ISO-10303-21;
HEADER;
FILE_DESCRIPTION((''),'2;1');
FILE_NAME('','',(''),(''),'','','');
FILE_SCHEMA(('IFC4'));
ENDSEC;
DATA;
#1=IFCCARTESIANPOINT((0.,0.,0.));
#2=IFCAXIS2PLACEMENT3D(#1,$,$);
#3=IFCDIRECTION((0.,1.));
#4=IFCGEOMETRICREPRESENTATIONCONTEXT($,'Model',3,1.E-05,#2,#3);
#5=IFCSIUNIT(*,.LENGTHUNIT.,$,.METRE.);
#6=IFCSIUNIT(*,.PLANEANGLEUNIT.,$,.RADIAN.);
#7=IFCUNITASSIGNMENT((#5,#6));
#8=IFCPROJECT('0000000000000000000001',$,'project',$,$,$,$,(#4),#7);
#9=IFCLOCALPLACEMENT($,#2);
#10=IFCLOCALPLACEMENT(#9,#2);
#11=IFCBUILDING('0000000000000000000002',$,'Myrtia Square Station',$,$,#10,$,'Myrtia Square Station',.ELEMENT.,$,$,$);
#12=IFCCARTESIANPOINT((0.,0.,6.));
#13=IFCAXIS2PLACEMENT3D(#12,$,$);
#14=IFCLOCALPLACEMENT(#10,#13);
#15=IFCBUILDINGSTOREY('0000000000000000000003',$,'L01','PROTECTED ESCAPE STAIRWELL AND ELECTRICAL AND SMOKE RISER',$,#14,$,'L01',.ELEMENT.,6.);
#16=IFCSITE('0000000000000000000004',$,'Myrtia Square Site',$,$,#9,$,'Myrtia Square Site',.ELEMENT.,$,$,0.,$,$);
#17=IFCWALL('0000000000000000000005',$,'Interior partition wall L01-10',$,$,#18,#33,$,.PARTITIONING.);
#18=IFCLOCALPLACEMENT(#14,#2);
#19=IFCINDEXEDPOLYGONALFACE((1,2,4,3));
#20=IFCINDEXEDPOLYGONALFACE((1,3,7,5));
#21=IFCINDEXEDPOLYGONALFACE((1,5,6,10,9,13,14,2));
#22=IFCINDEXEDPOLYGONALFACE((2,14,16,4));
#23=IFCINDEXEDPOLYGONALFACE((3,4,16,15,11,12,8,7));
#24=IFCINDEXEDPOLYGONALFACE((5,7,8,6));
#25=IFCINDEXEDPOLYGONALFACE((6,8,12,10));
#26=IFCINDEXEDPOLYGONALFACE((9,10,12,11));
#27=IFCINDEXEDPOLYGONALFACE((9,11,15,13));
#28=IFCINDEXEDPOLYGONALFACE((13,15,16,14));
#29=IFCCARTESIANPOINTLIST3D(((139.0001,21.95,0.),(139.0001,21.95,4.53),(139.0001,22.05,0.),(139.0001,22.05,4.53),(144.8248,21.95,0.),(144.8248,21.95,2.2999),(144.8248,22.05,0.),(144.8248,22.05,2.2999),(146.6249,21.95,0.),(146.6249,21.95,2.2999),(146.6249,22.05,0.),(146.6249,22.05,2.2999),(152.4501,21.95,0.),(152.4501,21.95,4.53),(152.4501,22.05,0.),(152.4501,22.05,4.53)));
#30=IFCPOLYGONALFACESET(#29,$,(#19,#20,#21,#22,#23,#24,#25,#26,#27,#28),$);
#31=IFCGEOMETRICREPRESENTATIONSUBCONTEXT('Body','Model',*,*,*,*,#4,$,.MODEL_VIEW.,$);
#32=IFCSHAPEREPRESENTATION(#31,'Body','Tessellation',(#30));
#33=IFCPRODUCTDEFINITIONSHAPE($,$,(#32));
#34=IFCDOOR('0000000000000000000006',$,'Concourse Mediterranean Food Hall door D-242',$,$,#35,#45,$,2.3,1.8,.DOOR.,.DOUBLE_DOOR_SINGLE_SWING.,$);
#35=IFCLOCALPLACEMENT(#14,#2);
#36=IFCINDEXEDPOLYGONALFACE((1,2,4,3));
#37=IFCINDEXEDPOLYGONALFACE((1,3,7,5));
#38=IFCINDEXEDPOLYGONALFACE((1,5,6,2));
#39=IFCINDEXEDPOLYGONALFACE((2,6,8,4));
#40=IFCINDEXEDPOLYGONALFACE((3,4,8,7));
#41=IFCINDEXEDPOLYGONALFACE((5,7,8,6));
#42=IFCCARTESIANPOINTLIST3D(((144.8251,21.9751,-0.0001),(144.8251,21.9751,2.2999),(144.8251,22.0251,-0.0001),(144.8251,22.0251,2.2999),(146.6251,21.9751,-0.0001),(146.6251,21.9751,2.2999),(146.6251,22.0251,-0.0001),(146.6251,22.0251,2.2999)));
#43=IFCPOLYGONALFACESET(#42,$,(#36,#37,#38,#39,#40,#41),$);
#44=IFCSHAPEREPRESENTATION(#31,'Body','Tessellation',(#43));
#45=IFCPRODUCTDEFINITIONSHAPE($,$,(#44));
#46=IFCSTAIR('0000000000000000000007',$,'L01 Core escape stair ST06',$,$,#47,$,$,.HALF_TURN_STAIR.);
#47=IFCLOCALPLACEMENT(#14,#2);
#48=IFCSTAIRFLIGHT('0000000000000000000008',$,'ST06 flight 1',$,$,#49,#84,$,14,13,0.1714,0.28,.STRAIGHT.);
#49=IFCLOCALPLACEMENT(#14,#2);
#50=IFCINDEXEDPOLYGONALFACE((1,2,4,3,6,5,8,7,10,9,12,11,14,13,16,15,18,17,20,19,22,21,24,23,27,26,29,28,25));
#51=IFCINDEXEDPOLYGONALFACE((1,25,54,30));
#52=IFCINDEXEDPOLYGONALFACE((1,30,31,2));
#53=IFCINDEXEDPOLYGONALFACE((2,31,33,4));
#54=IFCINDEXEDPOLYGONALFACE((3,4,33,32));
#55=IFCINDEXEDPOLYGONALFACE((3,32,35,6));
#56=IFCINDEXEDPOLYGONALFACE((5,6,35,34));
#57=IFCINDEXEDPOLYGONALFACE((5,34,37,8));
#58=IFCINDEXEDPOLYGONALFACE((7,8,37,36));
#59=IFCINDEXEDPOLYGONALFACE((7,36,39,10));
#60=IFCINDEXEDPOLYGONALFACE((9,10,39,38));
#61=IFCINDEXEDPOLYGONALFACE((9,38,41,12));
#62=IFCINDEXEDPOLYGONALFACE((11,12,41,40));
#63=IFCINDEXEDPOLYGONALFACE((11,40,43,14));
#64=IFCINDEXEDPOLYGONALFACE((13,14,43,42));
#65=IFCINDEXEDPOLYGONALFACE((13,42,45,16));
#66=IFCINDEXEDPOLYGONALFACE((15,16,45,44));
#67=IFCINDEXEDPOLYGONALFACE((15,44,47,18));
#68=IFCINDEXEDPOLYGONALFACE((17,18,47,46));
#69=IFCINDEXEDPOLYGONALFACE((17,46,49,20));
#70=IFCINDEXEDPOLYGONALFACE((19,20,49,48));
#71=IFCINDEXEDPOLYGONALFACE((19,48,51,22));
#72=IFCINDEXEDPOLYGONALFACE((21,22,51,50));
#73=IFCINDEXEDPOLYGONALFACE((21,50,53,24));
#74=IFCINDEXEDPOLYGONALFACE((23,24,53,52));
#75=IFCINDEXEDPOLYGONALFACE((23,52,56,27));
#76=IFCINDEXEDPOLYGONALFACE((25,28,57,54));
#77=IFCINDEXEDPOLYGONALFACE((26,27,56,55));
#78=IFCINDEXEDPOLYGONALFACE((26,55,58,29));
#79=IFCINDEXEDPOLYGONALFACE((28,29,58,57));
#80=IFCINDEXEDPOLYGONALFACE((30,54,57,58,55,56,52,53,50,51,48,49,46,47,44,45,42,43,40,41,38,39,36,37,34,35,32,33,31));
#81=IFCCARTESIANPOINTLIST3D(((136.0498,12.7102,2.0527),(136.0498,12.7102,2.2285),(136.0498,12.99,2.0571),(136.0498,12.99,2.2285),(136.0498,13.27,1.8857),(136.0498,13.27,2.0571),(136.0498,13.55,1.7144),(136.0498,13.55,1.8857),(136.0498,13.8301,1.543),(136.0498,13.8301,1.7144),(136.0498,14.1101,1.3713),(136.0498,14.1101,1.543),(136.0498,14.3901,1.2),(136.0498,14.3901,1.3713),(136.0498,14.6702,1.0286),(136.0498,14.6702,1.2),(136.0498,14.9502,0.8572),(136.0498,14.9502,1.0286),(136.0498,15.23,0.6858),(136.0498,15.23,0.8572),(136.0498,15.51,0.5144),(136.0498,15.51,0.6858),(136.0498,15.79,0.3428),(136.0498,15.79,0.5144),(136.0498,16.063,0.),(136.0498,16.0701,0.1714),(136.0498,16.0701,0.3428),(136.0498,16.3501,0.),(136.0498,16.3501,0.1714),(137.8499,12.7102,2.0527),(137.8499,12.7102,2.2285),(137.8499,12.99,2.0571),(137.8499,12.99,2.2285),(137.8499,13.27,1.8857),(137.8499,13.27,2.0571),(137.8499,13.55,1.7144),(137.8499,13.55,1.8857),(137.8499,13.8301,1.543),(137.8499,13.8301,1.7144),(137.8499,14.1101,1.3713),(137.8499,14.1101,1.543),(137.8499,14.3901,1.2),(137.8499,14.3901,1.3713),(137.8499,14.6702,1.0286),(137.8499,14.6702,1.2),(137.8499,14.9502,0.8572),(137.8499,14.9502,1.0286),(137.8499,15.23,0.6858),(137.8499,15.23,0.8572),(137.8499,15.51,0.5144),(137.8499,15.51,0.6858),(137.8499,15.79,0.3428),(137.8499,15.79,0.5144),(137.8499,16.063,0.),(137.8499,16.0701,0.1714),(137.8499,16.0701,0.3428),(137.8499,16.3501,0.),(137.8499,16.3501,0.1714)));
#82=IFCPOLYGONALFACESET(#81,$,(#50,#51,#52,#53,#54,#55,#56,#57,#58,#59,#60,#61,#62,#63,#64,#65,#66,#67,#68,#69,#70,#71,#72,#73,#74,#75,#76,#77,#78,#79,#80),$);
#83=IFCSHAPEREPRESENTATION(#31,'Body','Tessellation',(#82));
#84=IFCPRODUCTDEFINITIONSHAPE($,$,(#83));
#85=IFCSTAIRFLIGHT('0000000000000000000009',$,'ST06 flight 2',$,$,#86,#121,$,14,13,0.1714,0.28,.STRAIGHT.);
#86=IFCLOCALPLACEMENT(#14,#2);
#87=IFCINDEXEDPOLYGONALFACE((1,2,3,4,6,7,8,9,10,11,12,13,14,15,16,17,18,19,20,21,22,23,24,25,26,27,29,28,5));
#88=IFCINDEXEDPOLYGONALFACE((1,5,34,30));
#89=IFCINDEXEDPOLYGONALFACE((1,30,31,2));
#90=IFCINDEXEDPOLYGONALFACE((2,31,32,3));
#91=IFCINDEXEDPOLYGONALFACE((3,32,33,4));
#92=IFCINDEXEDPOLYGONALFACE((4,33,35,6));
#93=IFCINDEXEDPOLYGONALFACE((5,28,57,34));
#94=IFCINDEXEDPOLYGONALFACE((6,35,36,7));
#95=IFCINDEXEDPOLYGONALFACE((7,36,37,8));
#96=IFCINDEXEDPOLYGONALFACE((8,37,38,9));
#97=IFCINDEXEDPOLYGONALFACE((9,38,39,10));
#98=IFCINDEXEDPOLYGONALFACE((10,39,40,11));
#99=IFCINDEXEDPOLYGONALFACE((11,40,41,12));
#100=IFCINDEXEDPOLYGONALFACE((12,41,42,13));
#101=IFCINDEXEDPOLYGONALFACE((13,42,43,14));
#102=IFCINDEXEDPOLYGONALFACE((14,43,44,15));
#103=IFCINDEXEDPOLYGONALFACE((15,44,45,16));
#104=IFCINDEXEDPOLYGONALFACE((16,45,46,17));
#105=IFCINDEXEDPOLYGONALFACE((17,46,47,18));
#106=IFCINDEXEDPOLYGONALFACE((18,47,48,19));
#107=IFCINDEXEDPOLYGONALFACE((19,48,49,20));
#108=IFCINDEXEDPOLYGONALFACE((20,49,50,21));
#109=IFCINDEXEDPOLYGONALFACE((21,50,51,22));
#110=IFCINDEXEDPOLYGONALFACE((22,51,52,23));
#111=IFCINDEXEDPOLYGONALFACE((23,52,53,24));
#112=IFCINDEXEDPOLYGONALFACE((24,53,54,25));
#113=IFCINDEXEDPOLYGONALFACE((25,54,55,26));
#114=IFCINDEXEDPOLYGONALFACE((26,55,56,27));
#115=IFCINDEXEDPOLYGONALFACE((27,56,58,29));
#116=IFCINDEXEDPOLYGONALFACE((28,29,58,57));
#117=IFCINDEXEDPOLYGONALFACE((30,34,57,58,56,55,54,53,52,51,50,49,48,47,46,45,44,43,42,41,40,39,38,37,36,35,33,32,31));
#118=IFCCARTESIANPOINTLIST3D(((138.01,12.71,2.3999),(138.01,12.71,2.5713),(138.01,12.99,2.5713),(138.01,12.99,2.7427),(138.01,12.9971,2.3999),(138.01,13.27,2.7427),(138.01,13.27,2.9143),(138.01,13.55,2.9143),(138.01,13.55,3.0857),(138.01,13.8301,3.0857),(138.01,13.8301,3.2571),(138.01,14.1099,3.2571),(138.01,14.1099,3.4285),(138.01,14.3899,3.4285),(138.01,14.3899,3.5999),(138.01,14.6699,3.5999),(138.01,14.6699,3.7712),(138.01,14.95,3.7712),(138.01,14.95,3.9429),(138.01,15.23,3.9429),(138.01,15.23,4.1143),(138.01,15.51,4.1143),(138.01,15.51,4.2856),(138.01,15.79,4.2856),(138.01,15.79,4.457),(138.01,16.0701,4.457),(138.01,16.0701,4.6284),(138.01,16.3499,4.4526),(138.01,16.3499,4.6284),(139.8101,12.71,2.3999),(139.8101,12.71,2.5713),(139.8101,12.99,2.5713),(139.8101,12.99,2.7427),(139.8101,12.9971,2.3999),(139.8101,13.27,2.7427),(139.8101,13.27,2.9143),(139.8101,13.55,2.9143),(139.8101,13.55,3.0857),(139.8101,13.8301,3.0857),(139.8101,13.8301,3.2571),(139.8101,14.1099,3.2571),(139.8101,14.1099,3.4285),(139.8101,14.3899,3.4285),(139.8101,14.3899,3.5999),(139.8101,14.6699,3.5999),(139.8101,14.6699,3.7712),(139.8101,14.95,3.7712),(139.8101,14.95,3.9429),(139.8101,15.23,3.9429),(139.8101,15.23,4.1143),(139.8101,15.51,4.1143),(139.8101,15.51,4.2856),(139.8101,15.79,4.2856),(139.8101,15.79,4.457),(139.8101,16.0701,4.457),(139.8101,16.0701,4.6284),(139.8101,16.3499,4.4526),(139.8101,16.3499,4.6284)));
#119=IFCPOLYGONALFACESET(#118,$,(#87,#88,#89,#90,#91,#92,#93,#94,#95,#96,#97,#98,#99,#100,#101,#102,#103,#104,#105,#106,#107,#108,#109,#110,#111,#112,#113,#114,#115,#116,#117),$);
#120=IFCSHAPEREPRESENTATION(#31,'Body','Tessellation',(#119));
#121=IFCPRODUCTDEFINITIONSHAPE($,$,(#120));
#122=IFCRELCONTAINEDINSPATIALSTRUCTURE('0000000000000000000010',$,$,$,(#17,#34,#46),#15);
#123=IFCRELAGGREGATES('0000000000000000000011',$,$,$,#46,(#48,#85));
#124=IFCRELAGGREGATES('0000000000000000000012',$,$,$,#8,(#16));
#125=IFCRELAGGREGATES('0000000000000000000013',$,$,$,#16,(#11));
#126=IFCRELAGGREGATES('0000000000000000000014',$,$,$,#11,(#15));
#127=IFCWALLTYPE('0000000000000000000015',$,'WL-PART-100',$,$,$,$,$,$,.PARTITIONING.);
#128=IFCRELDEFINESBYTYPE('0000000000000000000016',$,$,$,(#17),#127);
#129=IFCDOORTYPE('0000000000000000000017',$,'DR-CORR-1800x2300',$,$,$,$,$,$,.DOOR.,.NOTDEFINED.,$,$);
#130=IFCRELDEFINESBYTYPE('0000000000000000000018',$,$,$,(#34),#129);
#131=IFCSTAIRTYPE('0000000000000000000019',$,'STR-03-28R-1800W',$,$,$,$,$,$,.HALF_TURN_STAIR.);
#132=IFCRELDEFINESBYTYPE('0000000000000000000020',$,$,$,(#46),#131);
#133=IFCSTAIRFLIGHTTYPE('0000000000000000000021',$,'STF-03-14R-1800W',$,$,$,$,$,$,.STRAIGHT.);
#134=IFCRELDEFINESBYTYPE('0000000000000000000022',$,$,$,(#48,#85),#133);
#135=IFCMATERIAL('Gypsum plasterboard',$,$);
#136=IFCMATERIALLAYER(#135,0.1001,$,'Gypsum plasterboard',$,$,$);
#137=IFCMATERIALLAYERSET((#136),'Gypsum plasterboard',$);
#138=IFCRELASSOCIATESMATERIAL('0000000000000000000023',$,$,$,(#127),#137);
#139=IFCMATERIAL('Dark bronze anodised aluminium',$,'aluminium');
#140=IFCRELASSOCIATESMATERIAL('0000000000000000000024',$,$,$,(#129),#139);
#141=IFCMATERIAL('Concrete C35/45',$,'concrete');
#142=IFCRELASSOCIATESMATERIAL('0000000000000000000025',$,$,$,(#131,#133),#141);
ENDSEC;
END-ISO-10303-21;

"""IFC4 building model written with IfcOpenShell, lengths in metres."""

from ifc_helpers import new_model, si_unit, direction, frame, frame_2d, origin, place, context, subcontext, project, spatial, polyline, rectangle, outline, extrude, material, layer, layer_set, type_object, element, fill, aggregate, save


model = new_model("IFC4")

# Units and contexts
model_context = context("Model", 3, precision=1e-05, world=origin(), true_north=direction((0.0, 1.0)))
body_context = subcontext(model_context, "Body", "Model", "MODEL_VIEW")
ifc_project = project(units=[si_unit("LENGTHUNIT", "METRE"), si_unit("PLANEANGLEUNIT", "RADIAN")], contexts=[model_context])

# Site, building, storey
site_placement = place(None, origin())
site = spatial("IfcSite", under=ifc_project, at=site_placement, Name="Myrtia Square Site", LongName="Myrtia Square Site", CompositionType="ELEMENT", RefElevation=0.0)
building_placement = place(site_placement, origin())
building = spatial("IfcBuilding", under=site, at=building_placement, Name="Myrtia Square Station", LongName="Myrtia Square Station", CompositionType="ELEMENT")
storey_placement = place(building_placement, frame((0.0, 0.0, 6.0)))
storey = spatial("IfcBuildingStorey", under=building, at=storey_placement, Name="L01", Description="PROTECTED ESCAPE STAIRWELL AND ELECTRICAL AND SMOKE RISER", LongName="L01", CompositionType="ELEMENT", Elevation=6.0)

# Shared definitions
ifc_material_1 = material(Name="Concrete C35/45", Category="concrete")

# Shared definitions
ifc_material_2 = material(Name="Dark bronze anodised aluminium", Category="aluminium")

# Wall, opening, door
ifc_material_3 = material(Name="Gypsum plasterboard")
ifc_layer_1 = layer(ifc_material_3, 0.1001, Name="Gypsum plasterboard")
ifc_layer_set_1 = layer_set([ifc_layer_1], Name="Gypsum plasterboard")
wall_type_1 = type_object("IfcWallType", Name="WL-PART-100", PredefinedType="PARTITIONING", material=ifc_layer_set_1)
wall_1_placement = place(storey_placement, frame((139.0, 22.0, 0.0), z_axis=(0.0, 0.0, 1.0), x_axis=(1.0, 0.0, 0.0)))
wall_1 = element("IfcWall", 1, at=wall_1_placement, inside=storey, type_object=wall_type_1, Name="Interior partition wall L01-10", PredefinedType="PARTITIONING", context=body_context, shape_type="SweptSolid", body=[
    extrude(rectangle(XDim=13.45, YDim=0.1001, at=frame_2d((6.7251, 0.0))), origin(), (0.0, 0.0, 1.0), 4.53),
])
opening_1_placement = place(wall_1_placement, frame((5.825, 0.0, 0.0)))
opening_1 = element("IfcOpeningElement", 2, at=opening_1_placement, cuts=wall_1, PredefinedType="OPENING", context=body_context, shape_type="SweptSolid", body=[
    extrude(rectangle(XDim=1.8, YDim=2.3, at=frame_2d((0.8999, 1.1499))), frame((0.0, 0.0649, 0.0), z_axis=(0.0, -1.0, 0.0), x_axis=(1.0, 0.0, 0.0)), (0.0, 0.0, 1.0), 0.1301),
])
door_type_1 = type_object("IfcDoorType", Name="DR-CORR-1800x2300", OperationType="NOTDEFINED", PredefinedType="DOOR", material=ifc_material_2)
door_1_placement = place(opening_1_placement, frame((1.8, 0.0, 0.0), z_axis=(0.0, 0.0, 1.0), x_axis=(-1.0, 0.0, 0.0)))
door_1 = element("IfcDoor", 3, at=door_1_placement, inside=storey, type_object=door_type_1, Name="Concourse Mediterranean Food Hall door D-242", OperationType="DOUBLE_DOOR_SINGLE_SWING", OverallHeight=2.3, OverallWidth=1.8, PredefinedType="DOOR", context=body_context, shape_type="SweptSolid", body=[
    extrude(rectangle(XDim=1.8, YDim=2.3, at=frame_2d((0.8999, 1.1499))), frame((0.0, 0.0249, 0.0), z_axis=(0.0, -1.0, 0.0), x_axis=(1.0, 0.0, 0.0)), (0.0, 0.0, 1.0), 0.05),
])
fill(opening_1, door_1)

# Stair, stair flights
stair_type = type_object("IfcStairType", Name="STR-03-28R-1800W", PredefinedType="HALF_TURN_STAIR", material=ifc_material_1)
stair_placement = place(storey_placement, origin())
stair = element("IfcStair", 4, at=stair_placement, inside=storey, type_object=stair_type, Name="L01 Core escape stair ST06", PredefinedType="HALF_TURN_STAIR")
stair_flight_type = type_object("IfcStairFlightType", Name="STF-03-14R-1800W", PredefinedType="STRAIGHT", material=ifc_material_1)
stair_flight_1_placement = place(storey_placement, frame((136.95, 16.3501, 0.0), z_axis=(0.0, 0.0, 1.0), x_axis=(0.0, -1.0, 0.0)))
stair_flight_1 = element("IfcStairFlight", 5, at=stair_flight_1_placement, type_object=stair_flight_type, Name="ST06 flight 1", NumberOfRisers=14, NumberOfTreads=13, PredefinedType="STRAIGHT", RiserHeight=0.1714, TreadLength=0.28, context=body_context, shape_type="SweptSolid", body=[
    extrude(outline(polyline([(0.0, 0.0), (0.0, 0.1714), (0.28, 0.1714), (0.28, 0.3428), (0.5601, 0.3428), (0.5601, 0.5144), (0.8401, 0.5144), (0.8401, 0.6858), (1.1201, 0.6858), (1.1201, 0.8572), (1.3999, 0.8572), (1.3999, 1.0286), (1.6799, 1.0286), (1.6799, 1.2), (1.96, 1.2), (1.96, 1.3713), (2.24, 1.3713), (2.24, 1.543), (2.52, 1.543), (2.52, 1.7144), (2.8, 1.7144), (2.8, 1.8857), (3.0801, 1.8857), (3.0801, 2.0571), (3.3601, 2.0571), (3.3601, 2.2285), (3.6399, 2.2285), (3.6399, 2.3999), (3.6399, 2.0527), (0.2871, 0.0), (0.0, 0.0)])), frame((0.0, 0.8999, 0.0), z_axis=(0.0, -1.0, 0.0), x_axis=(1.0, 0.0, 0.0)), (0.0, 0.0, 1.0), 1.8),
])
stair_flight_2_placement = place(storey_placement, frame((138.9099, 12.71, 2.3999), z_axis=(0.0, 0.0, 1.0), x_axis=(0.0, 1.0, 0.0)))
stair_flight_2 = element("IfcStairFlight", 6, at=stair_flight_2_placement, type_object=stair_flight_type, Name="ST06 flight 2", NumberOfRisers=14, NumberOfTreads=13, PredefinedType="STRAIGHT", RiserHeight=0.1714, TreadLength=0.28, context=body_context, shape_type="SweptSolid", body=[
    extrude(outline(polyline([(0.0, 0.0), (0.0, 0.1714), (0.28, 0.1714), (0.28, 0.3428), (0.5601, 0.3428), (0.5601, 0.5144), (0.8401, 0.5144), (0.8401, 0.6858), (1.1201, 0.6858), (1.1201, 0.8572), (1.3999, 0.8572), (1.3999, 1.0286), (1.6799, 1.0286), (1.6799, 1.2), (1.96, 1.2), (1.96, 1.3713), (2.24, 1.3713), (2.24, 1.543), (2.52, 1.543), (2.52, 1.7144), (2.8, 1.7144), (2.8, 1.8857), (3.0801, 1.8857), (3.0801, 2.0571), (3.3601, 2.0571), (3.3601, 2.2285), (3.6399, 2.2285), (3.6399, 2.3999), (3.6399, 2.0527), (0.2871, 0.0), (0.0, 0.0)])), frame((0.0, 0.8999, 0.0), z_axis=(0.0, -1.0, 0.0), x_axis=(1.0, 0.0, 0.0)), (0.0, 0.0, 1.0), 1.8),
])
aggregate(stair, [stair_flight_1, stair_flight_2])

save(model, "model.ifc")
